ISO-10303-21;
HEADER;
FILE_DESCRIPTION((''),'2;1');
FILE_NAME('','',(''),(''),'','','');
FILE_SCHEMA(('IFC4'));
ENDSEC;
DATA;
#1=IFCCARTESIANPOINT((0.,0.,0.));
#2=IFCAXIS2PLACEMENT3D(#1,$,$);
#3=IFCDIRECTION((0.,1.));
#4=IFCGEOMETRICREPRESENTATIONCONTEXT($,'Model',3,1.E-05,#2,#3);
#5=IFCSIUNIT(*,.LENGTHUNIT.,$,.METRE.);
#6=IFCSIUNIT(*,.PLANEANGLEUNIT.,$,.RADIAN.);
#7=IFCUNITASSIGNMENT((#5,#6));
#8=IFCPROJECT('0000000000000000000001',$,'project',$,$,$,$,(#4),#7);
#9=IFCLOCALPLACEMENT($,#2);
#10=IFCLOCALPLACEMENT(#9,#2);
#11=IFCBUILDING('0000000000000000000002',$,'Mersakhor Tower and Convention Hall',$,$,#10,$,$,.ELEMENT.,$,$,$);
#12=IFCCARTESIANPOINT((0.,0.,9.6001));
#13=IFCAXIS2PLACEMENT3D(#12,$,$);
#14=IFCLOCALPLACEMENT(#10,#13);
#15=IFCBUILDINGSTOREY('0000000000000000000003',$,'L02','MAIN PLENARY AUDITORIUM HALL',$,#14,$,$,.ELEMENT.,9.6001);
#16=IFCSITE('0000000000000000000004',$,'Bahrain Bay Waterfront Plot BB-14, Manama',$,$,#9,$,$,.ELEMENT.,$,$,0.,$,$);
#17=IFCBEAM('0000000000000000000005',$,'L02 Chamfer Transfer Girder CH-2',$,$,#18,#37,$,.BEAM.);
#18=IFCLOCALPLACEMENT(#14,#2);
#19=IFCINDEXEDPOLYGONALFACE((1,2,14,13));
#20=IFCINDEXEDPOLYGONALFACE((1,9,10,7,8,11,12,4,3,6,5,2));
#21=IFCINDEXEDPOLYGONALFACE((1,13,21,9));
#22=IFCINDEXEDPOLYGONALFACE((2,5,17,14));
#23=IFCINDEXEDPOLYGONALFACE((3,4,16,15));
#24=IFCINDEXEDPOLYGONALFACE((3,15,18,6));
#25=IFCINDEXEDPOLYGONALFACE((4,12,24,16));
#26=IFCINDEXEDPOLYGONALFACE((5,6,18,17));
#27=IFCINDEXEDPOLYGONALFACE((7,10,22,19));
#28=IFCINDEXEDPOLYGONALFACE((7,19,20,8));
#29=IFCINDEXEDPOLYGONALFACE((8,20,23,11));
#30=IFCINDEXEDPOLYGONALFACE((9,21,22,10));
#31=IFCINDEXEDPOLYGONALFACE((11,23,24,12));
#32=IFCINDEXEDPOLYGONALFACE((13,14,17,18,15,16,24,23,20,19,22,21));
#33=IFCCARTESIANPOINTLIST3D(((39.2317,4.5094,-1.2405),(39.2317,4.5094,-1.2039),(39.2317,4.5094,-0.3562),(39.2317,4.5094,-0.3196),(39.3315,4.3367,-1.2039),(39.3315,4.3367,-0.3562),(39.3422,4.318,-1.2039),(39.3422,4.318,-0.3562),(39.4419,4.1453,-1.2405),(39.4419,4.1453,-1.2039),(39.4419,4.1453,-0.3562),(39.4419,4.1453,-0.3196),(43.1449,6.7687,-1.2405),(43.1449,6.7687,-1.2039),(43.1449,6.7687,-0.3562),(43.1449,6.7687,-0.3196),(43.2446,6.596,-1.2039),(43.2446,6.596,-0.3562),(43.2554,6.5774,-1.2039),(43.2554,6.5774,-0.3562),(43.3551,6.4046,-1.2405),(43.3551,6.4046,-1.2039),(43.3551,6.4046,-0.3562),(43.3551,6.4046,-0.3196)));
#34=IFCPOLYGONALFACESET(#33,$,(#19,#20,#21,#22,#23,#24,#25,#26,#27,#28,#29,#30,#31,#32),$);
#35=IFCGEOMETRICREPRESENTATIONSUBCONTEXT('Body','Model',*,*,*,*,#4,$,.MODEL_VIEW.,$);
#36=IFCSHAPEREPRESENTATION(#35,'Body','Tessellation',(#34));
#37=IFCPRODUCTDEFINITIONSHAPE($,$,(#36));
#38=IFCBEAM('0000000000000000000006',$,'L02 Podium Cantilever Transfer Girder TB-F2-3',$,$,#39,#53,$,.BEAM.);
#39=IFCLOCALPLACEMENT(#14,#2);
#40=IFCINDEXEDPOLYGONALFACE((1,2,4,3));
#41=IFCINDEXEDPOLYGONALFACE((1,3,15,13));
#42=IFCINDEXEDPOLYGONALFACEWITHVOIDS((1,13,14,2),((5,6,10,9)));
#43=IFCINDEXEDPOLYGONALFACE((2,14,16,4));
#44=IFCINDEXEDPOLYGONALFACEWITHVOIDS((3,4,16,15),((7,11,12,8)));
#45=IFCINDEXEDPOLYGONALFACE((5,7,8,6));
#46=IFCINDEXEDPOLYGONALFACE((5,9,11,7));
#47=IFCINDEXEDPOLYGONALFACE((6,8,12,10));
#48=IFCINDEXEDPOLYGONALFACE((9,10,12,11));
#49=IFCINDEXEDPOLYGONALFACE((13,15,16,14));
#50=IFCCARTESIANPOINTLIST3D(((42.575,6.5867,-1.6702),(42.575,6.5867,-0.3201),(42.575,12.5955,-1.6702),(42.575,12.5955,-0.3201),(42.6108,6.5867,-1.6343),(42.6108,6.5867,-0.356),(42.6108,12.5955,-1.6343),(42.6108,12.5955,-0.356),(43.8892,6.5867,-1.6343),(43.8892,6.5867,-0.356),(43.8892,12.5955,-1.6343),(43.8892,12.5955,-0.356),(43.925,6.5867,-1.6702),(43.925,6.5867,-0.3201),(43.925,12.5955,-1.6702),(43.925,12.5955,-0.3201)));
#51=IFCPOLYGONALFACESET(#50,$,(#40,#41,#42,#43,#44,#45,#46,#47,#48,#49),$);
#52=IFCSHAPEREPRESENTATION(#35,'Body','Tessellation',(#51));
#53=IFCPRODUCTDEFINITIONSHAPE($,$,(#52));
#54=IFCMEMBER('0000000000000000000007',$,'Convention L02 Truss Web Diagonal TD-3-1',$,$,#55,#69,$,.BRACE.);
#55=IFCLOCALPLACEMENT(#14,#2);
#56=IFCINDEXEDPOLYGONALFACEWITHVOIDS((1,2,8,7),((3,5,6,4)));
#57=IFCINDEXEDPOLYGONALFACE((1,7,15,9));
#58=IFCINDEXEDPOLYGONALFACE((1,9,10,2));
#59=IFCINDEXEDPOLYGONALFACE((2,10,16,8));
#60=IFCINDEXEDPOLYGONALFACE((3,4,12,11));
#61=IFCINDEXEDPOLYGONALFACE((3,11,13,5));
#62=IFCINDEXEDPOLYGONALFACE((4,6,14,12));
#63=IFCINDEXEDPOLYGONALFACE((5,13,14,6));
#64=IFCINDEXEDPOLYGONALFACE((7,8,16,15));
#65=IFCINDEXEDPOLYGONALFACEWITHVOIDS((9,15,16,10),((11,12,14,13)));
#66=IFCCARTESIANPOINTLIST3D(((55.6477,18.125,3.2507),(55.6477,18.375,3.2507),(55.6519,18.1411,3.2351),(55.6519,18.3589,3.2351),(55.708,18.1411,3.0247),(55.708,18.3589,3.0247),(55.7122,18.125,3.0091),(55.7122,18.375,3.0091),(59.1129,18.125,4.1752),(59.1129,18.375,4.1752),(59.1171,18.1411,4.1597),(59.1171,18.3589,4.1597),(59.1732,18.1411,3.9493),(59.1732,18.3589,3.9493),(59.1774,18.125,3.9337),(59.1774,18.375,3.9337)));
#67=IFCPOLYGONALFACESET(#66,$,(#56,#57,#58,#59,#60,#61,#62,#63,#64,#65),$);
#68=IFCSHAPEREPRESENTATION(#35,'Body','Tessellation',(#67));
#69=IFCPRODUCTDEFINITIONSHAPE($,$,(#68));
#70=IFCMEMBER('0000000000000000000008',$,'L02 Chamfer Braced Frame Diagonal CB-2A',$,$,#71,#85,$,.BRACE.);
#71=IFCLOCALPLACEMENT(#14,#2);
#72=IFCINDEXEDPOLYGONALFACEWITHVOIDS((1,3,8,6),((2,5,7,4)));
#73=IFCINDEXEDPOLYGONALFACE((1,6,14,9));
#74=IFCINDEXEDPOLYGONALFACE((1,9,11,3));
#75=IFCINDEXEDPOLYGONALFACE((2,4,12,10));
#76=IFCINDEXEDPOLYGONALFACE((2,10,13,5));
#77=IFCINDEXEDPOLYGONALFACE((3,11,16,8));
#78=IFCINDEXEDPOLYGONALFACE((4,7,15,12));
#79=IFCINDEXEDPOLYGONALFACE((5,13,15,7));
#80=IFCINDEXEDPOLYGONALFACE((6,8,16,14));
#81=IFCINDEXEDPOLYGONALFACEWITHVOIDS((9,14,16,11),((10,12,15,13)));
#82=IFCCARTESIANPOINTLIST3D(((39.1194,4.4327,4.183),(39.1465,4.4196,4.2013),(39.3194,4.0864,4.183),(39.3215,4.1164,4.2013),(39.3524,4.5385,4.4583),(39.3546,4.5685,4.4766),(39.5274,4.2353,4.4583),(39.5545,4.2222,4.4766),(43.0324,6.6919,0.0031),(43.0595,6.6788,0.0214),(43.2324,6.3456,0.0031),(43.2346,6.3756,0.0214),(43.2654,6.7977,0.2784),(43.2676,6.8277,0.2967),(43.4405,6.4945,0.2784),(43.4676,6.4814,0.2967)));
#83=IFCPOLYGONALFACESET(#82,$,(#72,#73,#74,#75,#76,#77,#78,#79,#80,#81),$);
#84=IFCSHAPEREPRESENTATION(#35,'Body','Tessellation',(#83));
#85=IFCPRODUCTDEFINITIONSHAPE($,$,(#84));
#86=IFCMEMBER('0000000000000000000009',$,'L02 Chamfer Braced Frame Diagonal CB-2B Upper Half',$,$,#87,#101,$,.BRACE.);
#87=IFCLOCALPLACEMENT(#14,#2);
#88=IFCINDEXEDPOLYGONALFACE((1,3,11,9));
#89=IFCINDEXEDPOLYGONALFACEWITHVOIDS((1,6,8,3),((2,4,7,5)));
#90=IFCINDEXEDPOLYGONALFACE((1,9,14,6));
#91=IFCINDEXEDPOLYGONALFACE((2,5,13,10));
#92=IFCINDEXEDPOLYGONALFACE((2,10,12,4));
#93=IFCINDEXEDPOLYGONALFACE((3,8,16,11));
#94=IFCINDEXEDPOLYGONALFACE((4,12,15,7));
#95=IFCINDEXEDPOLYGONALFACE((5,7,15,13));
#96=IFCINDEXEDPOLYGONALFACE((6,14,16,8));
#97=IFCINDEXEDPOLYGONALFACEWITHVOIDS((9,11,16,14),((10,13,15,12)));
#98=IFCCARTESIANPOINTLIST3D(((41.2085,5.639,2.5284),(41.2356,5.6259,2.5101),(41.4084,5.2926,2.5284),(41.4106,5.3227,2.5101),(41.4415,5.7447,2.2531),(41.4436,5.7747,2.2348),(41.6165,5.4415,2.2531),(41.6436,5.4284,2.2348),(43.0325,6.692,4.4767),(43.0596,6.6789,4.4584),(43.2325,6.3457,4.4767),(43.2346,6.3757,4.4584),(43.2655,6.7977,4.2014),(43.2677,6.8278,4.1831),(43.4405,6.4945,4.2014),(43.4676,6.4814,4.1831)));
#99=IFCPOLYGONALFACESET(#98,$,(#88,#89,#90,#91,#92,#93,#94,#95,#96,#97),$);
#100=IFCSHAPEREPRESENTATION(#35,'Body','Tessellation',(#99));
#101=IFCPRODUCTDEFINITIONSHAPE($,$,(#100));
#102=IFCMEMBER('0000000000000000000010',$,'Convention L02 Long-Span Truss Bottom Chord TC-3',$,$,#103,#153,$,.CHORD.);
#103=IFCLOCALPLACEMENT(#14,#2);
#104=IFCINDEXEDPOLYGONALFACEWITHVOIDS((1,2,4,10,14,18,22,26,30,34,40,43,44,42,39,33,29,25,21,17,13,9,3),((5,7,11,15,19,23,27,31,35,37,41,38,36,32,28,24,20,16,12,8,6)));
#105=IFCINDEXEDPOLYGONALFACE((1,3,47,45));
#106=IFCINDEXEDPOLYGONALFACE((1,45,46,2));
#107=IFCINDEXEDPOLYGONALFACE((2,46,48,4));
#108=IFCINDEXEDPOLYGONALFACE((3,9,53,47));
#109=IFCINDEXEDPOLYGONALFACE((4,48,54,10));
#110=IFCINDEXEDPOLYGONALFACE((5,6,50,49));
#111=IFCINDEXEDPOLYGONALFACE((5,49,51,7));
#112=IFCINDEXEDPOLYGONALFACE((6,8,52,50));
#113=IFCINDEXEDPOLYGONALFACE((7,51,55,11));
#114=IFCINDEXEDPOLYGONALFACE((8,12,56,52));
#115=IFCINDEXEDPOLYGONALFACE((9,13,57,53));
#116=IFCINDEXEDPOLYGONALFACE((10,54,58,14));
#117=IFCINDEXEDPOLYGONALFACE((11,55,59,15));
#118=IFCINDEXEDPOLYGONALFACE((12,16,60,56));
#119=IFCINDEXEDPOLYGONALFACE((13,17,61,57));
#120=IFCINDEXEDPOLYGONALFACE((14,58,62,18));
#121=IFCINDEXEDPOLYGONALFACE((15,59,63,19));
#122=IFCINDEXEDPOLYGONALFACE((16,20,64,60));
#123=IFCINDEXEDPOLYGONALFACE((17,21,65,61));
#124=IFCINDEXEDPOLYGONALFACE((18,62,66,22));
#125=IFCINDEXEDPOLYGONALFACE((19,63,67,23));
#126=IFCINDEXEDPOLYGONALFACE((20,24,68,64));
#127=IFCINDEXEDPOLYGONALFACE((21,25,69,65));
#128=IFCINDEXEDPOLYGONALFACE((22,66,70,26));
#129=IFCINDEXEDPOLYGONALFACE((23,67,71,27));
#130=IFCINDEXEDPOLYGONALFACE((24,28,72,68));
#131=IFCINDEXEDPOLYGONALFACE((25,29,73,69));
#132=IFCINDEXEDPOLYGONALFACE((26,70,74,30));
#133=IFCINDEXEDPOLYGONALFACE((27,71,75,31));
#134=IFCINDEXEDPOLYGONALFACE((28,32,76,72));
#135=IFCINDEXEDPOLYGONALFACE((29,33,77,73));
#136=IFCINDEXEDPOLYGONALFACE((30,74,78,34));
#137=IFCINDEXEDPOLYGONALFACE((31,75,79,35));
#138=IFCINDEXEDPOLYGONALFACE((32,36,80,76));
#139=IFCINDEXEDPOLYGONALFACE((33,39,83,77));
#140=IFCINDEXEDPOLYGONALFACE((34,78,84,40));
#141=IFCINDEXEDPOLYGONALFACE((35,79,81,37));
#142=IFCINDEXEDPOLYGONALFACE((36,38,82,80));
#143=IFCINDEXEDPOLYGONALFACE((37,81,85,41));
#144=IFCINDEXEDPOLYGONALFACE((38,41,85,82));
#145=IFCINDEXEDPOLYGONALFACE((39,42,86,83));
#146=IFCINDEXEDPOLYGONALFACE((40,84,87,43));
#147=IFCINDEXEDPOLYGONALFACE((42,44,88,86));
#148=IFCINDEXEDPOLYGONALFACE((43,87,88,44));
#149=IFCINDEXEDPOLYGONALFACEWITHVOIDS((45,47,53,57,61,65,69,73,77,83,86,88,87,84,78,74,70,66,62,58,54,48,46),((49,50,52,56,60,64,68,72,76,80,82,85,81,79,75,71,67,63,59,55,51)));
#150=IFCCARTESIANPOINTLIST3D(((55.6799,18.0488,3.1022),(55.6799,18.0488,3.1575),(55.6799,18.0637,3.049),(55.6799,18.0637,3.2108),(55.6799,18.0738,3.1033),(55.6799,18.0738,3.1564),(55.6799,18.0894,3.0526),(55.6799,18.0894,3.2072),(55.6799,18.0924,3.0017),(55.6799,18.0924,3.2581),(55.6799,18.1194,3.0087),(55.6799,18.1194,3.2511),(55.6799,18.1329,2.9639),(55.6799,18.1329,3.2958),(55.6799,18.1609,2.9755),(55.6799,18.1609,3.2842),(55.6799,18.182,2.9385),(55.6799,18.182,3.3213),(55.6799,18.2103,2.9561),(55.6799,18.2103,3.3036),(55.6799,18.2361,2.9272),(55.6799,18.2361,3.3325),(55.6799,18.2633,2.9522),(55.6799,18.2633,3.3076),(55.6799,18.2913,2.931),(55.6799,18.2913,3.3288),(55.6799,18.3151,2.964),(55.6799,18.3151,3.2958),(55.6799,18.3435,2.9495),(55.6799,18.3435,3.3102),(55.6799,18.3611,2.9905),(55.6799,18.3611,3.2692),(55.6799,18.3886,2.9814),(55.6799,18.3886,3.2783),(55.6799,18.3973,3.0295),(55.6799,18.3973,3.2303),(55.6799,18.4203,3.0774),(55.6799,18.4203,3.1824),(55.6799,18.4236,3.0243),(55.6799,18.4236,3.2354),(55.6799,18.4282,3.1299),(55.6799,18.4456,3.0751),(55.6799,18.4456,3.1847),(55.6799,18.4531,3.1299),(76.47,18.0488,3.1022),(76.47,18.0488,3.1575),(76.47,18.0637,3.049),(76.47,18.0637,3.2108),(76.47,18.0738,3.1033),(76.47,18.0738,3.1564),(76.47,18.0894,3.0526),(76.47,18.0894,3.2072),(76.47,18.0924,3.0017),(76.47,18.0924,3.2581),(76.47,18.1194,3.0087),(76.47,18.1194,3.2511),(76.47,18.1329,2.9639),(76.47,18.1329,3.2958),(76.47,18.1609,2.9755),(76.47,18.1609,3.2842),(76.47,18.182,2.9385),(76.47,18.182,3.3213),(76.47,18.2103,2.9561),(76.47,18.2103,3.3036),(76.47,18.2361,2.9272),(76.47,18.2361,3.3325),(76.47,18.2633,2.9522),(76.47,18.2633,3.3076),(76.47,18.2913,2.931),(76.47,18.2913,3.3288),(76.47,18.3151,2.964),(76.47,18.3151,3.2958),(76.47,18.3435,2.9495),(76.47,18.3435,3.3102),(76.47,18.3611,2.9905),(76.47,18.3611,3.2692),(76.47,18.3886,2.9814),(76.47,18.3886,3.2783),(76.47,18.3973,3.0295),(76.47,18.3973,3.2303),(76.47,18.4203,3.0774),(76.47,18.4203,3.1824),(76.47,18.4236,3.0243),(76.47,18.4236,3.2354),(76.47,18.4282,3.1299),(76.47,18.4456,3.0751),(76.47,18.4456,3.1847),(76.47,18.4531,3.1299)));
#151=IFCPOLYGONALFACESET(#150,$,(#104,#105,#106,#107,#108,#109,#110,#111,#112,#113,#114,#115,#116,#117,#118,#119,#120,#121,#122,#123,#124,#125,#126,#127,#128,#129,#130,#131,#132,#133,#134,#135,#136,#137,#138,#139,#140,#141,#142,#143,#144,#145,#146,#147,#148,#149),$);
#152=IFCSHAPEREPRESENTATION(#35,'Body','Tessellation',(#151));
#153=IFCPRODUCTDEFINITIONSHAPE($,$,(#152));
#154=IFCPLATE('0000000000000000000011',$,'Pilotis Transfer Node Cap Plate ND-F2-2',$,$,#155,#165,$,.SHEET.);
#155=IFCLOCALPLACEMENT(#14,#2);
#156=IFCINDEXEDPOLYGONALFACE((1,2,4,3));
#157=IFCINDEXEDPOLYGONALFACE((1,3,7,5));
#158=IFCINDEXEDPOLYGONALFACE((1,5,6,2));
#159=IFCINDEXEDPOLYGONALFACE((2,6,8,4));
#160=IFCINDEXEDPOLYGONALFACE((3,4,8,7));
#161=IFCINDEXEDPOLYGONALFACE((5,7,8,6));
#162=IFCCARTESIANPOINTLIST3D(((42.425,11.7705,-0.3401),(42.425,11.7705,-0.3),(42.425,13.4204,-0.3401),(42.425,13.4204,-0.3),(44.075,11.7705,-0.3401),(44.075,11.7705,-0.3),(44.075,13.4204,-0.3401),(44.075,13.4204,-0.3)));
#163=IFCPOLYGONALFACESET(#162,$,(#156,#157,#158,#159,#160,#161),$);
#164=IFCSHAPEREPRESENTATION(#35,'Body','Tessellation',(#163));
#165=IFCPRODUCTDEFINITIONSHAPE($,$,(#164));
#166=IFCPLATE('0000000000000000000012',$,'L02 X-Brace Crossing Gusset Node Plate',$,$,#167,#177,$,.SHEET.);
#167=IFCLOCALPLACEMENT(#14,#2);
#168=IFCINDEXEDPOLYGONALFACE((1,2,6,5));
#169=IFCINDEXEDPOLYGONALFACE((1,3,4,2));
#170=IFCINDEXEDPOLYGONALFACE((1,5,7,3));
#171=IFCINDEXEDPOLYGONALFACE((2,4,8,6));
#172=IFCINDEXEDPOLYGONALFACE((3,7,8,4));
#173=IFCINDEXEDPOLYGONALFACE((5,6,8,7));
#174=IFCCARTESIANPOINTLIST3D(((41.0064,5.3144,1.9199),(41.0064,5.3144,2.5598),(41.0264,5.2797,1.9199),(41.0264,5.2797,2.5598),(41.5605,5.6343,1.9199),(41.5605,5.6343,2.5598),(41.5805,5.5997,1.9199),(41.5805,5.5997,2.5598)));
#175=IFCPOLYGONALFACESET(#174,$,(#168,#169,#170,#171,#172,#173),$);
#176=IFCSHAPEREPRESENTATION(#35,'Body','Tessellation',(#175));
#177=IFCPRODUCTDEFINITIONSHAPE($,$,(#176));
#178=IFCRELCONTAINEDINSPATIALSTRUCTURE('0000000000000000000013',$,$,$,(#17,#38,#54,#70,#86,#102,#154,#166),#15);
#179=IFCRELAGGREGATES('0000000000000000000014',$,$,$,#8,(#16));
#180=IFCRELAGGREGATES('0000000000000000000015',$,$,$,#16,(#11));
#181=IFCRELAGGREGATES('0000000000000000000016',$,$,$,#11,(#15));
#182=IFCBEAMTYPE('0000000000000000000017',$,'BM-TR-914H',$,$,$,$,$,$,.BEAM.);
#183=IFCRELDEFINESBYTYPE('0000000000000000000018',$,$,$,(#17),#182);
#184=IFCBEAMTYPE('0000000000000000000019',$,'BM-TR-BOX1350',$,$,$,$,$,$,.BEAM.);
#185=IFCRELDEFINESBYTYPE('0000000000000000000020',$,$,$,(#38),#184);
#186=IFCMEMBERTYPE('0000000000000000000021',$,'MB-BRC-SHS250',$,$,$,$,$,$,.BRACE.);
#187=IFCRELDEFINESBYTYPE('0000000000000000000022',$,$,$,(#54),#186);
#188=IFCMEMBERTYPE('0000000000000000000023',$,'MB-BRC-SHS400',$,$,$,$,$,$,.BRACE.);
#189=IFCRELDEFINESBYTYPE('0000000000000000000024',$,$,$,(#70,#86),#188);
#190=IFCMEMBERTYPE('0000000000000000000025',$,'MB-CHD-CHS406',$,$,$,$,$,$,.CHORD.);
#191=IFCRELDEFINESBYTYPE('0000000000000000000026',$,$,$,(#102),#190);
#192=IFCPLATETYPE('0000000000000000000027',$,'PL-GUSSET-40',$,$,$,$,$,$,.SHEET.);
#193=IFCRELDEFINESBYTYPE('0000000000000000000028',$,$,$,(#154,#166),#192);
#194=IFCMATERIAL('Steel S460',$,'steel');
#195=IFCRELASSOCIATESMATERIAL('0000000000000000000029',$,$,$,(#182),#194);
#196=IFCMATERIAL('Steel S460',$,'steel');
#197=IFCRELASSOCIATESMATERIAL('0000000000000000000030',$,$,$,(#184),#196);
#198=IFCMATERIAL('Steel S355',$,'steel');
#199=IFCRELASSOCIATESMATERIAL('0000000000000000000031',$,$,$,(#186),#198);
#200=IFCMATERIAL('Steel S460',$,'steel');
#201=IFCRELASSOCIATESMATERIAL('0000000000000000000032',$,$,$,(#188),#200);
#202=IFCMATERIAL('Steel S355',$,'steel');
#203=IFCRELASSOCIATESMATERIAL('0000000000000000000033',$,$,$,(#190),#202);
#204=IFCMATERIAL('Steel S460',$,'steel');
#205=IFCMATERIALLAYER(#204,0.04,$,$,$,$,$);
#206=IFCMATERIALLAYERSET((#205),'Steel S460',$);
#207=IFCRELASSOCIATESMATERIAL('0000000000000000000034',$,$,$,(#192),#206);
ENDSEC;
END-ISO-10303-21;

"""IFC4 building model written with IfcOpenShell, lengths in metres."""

from ifc_helpers import new_model, si_unit, direction, frame, origin, origin_2d, place, context, subcontext, project, spatial, rectangle, hollow_rectangle, hollow_circle, i_section, extrude, material, layer, layer_set, material_profile, profile_set, type_object, element, save


model = new_model("IFC4")

# Units and contexts
model_context = context("Model", 3, precision=1e-05, world=origin(), true_north=direction((0.0, 1.0)))
body_context = subcontext(model_context, "Body", "Model", "MODEL_VIEW")
ifc_project = project(units=[si_unit("LENGTHUNIT", "METRE"), si_unit("PLANEANGLEUNIT", "RADIAN")], contexts=[model_context])

# Site, building, storey
site_placement = place(None, origin())
site = spatial("IfcSite", under=ifc_project, at=site_placement, Name="Bahrain Bay Waterfront Plot BB-14, Manama", CompositionType="ELEMENT", RefElevation=0.0)
building_placement = place(site_placement, origin())
building = spatial("IfcBuilding", under=site, at=building_placement, Name="Mersakhor Tower and Convention Hall", CompositionType="ELEMENT")
storey_placement = place(building_placement, frame((0.0, 0.0, 9.6001)))
storey = spatial("IfcBuildingStorey", under=building, at=storey_placement, Name="L02", Description="MAIN PLENARY AUDITORIUM HALL", CompositionType="ELEMENT", Elevation=9.6001)

# Beams
ifc_material_1 = material(Name="Steel S460", Category="steel")
ifc_material_profile_1 = material_profile(ifc_material_1, i_section(OverallWidth=0.4204, OverallDepth=0.9209, WebThickness=0.0215, FlangeThickness=0.0366, at=origin_2d()), Name="UB 914x419x388")
ifc_profile_set_1 = profile_set([ifc_material_profile_1], Name="Steel S460")
beam_type_1 = type_object("IfcBeamType", Name="BM-TR-914H", PredefinedType="BEAM", material=ifc_profile_set_1)
beam_1_placement = place(storey_placement, frame((43.25, 6.5867, -0.78), z_axis=(-0.86602, -0.500009, 0.0), x_axis=(0.500009, -0.86602, 0.0)))
element("IfcBeam", 1, at=beam_1_placement, inside=storey, type_object=beam_type_1, Name="L02 Chamfer Transfer Girder CH-2", PredefinedType="BEAM", context=body_context, shape_type="SweptSolid", body=[
    extrude(i_section(OverallWidth=0.4204, OverallDepth=0.9209, WebThickness=0.0215, FlangeThickness=0.0366, at=origin_2d()), origin(), (0.0, 0.0, 1.0), 4.5186),
])
ifc_material_2 = material(Name="Steel S460", Category="steel")
ifc_material_profile_2 = material_profile(ifc_material_2, hollow_rectangle(XDim=1.3501, YDim=1.3501, WallThickness=0.0359, at=origin_2d()), Name="SHS 1350x1350x36")
ifc_profile_set_2 = profile_set([ifc_material_profile_2], Name="Steel S460")
beam_type_2 = type_object("IfcBeamType", Name="BM-TR-BOX1350", PredefinedType="BEAM", material=ifc_profile_set_2)
beam_2_placement = place(storey_placement, frame((43.25, 12.5955, -0.9951), z_axis=(0.0, -1.0, 0.0), x_axis=(1.0, 0.0, 0.0)))
element("IfcBeam", 2, at=beam_2_placement, inside=storey, type_object=beam_type_2, Name="L02 Podium Cantilever Transfer Girder TB-F2-3", PredefinedType="BEAM", context=body_context, shape_type="SweptSolid", body=[
    extrude(hollow_rectangle(XDim=1.3501, YDim=1.3501, WallThickness=0.0359, at=origin_2d()), origin(), (0.0, 0.0, 1.0), 6.0088),
])

# Members
ifc_material_3 = material(Name="Steel S355", Category="steel")
ifc_material_profile_3 = material_profile(ifc_material_3, hollow_rectangle(XDim=0.25, YDim=0.25, WallThickness=0.0161, at=origin_2d()), Name="SHS 250x250x16")
ifc_profile_set_3 = profile_set([ifc_material_profile_3], Name="Steel S355")
member_type_1 = type_object("IfcMemberType", Name="MB-BRC-SHS250", PredefinedType="BRACE", material=ifc_profile_set_3)
member_1_placement = place(storey_placement, frame((55.6799, 18.25, 3.1299), z_axis=(0.966198, 0.0, 0.257802), x_axis=(0.0, 1.0, 0.0)))
element("IfcMember", 3, at=member_1_placement, inside=storey, type_object=member_type_1, Name="Convention L02 Truss Web Diagonal TD-3-1", PredefinedType="BRACE", context=body_context, shape_type="SweptSolid", body=[
    extrude(hollow_rectangle(XDim=0.25, YDim=0.25, WallThickness=0.0161, at=origin_2d()), origin(), (0.0, 0.0, 1.0), 3.5864),
])
ifc_material_4 = material(Name="Steel S460", Category="steel")
ifc_material_profile_4 = material_profile(ifc_material_4, hollow_rectangle(XDim=0.3999, YDim=0.3999, WallThickness=0.0249, at=origin_2d()), Name="SHS 400x400x25")
ifc_profile_set_4 = profile_set([ifc_material_profile_4], Name="Steel S460")
member_type_2 = type_object("IfcMemberType", Name="MB-BRC-SHS400", PredefinedType="BRACE", material=ifc_profile_set_4)
member_2_placement = place(storey_placement, frame((43.25, 6.5867, 0.1499), z_axis=(-0.635721, -0.367043, 0.679072), x_axis=(0.500009, -0.86602, 0.0)))
element("IfcMember", 4, at=member_2_placement, inside=storey, type_object=member_type_2, Name="L02 Chamfer Braced Frame Diagonal CB-2A", PredefinedType="BRACE", context=body_context, shape_type="SweptSolid", body=[
    extrude(hollow_rectangle(XDim=0.3999, YDim=0.3999, WallThickness=0.0249, at=origin_2d()), origin(), (0.0, 0.0, 1.0), 6.1553),
])
member_3_placement = place(storey_placement, frame((41.426, 5.5337, 2.3816), z_axis=(0.635748, 0.367016, 0.679061), x_axis=(-0.499967, 0.866045, 0.0)))
element("IfcMember", 5, at=member_3_placement, inside=storey, type_object=member_type_2, Name="L02 Chamfer Braced Frame Diagonal CB-2B Upper Half", PredefinedType="BRACE", context=body_context, shape_type="SweptSolid", body=[
    extrude(hollow_rectangle(XDim=0.3999, YDim=0.3999, WallThickness=0.0249, at=origin_2d()), origin(), (0.0, 0.0, 1.0), 2.8691),
])
ifc_material_5 = material(Name="Steel S355", Category="steel")
ifc_material_profile_5 = material_profile(ifc_material_5, hollow_circle(Radius=0.2031, WallThickness=0.0249, at=origin_2d()), Name="CHS 406.4x25")
ifc_profile_set_5 = profile_set([ifc_material_profile_5], Name="Steel S355")
member_type_3 = type_object("IfcMemberType", Name="MB-CHD-CHS406", PredefinedType="CHORD", material=ifc_profile_set_5)
member_4_placement = place(storey_placement, frame((55.6799, 18.25, 3.1299), z_axis=(1.0, 0.0, 0.0), x_axis=(0.0, 1.0, 0.0)))
element("IfcMember", 6, at=member_4_placement, inside=storey, type_object=member_type_3, Name="Convention L02 Long-Span Truss Bottom Chord TC-3", PredefinedType="CHORD", context=body_context, shape_type="SweptSolid", body=[
    extrude(hollow_circle(Radius=0.2031, WallThickness=0.0249, at=origin_2d()), origin(), (0.0, 0.0, 1.0), 20.79),
])

# Plates
ifc_material_6 = material(Name="Steel S460", Category="steel")
ifc_layer_1 = layer(ifc_material_6, 0.04)
ifc_layer_set_1 = layer_set([ifc_layer_1], Name="Steel S460")
plate_type = type_object("IfcPlateType", Name="PL-GUSSET-40", PredefinedType="SHEET", material=ifc_layer_set_1)
plate_1_placement = place(storey_placement, frame((43.25, 12.5955, -0.3401), z_axis=(0.0, 0.0, 1.0), x_axis=(1.0, 0.0, 0.0)))
element("IfcPlate", 7, at=plate_1_placement, inside=storey, type_object=plate_type, Name="Pilotis Transfer Node Cap Plate ND-F2-2", PredefinedType="SHEET", context=body_context, shape_type="SweptSolid", body=[
    extrude(rectangle(XDim=1.6499, YDim=1.6499, at=origin_2d()), origin(), (0.0, 0.0, 1.0), 0.04),
])
plate_2_placement = place(storey_placement, frame((41.2935, 5.457, 1.9199), z_axis=(0.0, 0.0, 1.0), x_axis=(0.866025, 0.5, 0.0)))
element("IfcPlate", 8, at=plate_2_placement, inside=storey, type_object=plate_type, Name="L02 X-Brace Crossing Gusset Node Plate", PredefinedType="SHEET", context=body_context, shape_type="SweptSolid", body=[
    extrude(rectangle(XDim=0.6399, YDim=0.04, at=origin_2d()), origin(), (0.0, 0.0, 1.0), 0.6399),
])

save(model, "model.ifc")
